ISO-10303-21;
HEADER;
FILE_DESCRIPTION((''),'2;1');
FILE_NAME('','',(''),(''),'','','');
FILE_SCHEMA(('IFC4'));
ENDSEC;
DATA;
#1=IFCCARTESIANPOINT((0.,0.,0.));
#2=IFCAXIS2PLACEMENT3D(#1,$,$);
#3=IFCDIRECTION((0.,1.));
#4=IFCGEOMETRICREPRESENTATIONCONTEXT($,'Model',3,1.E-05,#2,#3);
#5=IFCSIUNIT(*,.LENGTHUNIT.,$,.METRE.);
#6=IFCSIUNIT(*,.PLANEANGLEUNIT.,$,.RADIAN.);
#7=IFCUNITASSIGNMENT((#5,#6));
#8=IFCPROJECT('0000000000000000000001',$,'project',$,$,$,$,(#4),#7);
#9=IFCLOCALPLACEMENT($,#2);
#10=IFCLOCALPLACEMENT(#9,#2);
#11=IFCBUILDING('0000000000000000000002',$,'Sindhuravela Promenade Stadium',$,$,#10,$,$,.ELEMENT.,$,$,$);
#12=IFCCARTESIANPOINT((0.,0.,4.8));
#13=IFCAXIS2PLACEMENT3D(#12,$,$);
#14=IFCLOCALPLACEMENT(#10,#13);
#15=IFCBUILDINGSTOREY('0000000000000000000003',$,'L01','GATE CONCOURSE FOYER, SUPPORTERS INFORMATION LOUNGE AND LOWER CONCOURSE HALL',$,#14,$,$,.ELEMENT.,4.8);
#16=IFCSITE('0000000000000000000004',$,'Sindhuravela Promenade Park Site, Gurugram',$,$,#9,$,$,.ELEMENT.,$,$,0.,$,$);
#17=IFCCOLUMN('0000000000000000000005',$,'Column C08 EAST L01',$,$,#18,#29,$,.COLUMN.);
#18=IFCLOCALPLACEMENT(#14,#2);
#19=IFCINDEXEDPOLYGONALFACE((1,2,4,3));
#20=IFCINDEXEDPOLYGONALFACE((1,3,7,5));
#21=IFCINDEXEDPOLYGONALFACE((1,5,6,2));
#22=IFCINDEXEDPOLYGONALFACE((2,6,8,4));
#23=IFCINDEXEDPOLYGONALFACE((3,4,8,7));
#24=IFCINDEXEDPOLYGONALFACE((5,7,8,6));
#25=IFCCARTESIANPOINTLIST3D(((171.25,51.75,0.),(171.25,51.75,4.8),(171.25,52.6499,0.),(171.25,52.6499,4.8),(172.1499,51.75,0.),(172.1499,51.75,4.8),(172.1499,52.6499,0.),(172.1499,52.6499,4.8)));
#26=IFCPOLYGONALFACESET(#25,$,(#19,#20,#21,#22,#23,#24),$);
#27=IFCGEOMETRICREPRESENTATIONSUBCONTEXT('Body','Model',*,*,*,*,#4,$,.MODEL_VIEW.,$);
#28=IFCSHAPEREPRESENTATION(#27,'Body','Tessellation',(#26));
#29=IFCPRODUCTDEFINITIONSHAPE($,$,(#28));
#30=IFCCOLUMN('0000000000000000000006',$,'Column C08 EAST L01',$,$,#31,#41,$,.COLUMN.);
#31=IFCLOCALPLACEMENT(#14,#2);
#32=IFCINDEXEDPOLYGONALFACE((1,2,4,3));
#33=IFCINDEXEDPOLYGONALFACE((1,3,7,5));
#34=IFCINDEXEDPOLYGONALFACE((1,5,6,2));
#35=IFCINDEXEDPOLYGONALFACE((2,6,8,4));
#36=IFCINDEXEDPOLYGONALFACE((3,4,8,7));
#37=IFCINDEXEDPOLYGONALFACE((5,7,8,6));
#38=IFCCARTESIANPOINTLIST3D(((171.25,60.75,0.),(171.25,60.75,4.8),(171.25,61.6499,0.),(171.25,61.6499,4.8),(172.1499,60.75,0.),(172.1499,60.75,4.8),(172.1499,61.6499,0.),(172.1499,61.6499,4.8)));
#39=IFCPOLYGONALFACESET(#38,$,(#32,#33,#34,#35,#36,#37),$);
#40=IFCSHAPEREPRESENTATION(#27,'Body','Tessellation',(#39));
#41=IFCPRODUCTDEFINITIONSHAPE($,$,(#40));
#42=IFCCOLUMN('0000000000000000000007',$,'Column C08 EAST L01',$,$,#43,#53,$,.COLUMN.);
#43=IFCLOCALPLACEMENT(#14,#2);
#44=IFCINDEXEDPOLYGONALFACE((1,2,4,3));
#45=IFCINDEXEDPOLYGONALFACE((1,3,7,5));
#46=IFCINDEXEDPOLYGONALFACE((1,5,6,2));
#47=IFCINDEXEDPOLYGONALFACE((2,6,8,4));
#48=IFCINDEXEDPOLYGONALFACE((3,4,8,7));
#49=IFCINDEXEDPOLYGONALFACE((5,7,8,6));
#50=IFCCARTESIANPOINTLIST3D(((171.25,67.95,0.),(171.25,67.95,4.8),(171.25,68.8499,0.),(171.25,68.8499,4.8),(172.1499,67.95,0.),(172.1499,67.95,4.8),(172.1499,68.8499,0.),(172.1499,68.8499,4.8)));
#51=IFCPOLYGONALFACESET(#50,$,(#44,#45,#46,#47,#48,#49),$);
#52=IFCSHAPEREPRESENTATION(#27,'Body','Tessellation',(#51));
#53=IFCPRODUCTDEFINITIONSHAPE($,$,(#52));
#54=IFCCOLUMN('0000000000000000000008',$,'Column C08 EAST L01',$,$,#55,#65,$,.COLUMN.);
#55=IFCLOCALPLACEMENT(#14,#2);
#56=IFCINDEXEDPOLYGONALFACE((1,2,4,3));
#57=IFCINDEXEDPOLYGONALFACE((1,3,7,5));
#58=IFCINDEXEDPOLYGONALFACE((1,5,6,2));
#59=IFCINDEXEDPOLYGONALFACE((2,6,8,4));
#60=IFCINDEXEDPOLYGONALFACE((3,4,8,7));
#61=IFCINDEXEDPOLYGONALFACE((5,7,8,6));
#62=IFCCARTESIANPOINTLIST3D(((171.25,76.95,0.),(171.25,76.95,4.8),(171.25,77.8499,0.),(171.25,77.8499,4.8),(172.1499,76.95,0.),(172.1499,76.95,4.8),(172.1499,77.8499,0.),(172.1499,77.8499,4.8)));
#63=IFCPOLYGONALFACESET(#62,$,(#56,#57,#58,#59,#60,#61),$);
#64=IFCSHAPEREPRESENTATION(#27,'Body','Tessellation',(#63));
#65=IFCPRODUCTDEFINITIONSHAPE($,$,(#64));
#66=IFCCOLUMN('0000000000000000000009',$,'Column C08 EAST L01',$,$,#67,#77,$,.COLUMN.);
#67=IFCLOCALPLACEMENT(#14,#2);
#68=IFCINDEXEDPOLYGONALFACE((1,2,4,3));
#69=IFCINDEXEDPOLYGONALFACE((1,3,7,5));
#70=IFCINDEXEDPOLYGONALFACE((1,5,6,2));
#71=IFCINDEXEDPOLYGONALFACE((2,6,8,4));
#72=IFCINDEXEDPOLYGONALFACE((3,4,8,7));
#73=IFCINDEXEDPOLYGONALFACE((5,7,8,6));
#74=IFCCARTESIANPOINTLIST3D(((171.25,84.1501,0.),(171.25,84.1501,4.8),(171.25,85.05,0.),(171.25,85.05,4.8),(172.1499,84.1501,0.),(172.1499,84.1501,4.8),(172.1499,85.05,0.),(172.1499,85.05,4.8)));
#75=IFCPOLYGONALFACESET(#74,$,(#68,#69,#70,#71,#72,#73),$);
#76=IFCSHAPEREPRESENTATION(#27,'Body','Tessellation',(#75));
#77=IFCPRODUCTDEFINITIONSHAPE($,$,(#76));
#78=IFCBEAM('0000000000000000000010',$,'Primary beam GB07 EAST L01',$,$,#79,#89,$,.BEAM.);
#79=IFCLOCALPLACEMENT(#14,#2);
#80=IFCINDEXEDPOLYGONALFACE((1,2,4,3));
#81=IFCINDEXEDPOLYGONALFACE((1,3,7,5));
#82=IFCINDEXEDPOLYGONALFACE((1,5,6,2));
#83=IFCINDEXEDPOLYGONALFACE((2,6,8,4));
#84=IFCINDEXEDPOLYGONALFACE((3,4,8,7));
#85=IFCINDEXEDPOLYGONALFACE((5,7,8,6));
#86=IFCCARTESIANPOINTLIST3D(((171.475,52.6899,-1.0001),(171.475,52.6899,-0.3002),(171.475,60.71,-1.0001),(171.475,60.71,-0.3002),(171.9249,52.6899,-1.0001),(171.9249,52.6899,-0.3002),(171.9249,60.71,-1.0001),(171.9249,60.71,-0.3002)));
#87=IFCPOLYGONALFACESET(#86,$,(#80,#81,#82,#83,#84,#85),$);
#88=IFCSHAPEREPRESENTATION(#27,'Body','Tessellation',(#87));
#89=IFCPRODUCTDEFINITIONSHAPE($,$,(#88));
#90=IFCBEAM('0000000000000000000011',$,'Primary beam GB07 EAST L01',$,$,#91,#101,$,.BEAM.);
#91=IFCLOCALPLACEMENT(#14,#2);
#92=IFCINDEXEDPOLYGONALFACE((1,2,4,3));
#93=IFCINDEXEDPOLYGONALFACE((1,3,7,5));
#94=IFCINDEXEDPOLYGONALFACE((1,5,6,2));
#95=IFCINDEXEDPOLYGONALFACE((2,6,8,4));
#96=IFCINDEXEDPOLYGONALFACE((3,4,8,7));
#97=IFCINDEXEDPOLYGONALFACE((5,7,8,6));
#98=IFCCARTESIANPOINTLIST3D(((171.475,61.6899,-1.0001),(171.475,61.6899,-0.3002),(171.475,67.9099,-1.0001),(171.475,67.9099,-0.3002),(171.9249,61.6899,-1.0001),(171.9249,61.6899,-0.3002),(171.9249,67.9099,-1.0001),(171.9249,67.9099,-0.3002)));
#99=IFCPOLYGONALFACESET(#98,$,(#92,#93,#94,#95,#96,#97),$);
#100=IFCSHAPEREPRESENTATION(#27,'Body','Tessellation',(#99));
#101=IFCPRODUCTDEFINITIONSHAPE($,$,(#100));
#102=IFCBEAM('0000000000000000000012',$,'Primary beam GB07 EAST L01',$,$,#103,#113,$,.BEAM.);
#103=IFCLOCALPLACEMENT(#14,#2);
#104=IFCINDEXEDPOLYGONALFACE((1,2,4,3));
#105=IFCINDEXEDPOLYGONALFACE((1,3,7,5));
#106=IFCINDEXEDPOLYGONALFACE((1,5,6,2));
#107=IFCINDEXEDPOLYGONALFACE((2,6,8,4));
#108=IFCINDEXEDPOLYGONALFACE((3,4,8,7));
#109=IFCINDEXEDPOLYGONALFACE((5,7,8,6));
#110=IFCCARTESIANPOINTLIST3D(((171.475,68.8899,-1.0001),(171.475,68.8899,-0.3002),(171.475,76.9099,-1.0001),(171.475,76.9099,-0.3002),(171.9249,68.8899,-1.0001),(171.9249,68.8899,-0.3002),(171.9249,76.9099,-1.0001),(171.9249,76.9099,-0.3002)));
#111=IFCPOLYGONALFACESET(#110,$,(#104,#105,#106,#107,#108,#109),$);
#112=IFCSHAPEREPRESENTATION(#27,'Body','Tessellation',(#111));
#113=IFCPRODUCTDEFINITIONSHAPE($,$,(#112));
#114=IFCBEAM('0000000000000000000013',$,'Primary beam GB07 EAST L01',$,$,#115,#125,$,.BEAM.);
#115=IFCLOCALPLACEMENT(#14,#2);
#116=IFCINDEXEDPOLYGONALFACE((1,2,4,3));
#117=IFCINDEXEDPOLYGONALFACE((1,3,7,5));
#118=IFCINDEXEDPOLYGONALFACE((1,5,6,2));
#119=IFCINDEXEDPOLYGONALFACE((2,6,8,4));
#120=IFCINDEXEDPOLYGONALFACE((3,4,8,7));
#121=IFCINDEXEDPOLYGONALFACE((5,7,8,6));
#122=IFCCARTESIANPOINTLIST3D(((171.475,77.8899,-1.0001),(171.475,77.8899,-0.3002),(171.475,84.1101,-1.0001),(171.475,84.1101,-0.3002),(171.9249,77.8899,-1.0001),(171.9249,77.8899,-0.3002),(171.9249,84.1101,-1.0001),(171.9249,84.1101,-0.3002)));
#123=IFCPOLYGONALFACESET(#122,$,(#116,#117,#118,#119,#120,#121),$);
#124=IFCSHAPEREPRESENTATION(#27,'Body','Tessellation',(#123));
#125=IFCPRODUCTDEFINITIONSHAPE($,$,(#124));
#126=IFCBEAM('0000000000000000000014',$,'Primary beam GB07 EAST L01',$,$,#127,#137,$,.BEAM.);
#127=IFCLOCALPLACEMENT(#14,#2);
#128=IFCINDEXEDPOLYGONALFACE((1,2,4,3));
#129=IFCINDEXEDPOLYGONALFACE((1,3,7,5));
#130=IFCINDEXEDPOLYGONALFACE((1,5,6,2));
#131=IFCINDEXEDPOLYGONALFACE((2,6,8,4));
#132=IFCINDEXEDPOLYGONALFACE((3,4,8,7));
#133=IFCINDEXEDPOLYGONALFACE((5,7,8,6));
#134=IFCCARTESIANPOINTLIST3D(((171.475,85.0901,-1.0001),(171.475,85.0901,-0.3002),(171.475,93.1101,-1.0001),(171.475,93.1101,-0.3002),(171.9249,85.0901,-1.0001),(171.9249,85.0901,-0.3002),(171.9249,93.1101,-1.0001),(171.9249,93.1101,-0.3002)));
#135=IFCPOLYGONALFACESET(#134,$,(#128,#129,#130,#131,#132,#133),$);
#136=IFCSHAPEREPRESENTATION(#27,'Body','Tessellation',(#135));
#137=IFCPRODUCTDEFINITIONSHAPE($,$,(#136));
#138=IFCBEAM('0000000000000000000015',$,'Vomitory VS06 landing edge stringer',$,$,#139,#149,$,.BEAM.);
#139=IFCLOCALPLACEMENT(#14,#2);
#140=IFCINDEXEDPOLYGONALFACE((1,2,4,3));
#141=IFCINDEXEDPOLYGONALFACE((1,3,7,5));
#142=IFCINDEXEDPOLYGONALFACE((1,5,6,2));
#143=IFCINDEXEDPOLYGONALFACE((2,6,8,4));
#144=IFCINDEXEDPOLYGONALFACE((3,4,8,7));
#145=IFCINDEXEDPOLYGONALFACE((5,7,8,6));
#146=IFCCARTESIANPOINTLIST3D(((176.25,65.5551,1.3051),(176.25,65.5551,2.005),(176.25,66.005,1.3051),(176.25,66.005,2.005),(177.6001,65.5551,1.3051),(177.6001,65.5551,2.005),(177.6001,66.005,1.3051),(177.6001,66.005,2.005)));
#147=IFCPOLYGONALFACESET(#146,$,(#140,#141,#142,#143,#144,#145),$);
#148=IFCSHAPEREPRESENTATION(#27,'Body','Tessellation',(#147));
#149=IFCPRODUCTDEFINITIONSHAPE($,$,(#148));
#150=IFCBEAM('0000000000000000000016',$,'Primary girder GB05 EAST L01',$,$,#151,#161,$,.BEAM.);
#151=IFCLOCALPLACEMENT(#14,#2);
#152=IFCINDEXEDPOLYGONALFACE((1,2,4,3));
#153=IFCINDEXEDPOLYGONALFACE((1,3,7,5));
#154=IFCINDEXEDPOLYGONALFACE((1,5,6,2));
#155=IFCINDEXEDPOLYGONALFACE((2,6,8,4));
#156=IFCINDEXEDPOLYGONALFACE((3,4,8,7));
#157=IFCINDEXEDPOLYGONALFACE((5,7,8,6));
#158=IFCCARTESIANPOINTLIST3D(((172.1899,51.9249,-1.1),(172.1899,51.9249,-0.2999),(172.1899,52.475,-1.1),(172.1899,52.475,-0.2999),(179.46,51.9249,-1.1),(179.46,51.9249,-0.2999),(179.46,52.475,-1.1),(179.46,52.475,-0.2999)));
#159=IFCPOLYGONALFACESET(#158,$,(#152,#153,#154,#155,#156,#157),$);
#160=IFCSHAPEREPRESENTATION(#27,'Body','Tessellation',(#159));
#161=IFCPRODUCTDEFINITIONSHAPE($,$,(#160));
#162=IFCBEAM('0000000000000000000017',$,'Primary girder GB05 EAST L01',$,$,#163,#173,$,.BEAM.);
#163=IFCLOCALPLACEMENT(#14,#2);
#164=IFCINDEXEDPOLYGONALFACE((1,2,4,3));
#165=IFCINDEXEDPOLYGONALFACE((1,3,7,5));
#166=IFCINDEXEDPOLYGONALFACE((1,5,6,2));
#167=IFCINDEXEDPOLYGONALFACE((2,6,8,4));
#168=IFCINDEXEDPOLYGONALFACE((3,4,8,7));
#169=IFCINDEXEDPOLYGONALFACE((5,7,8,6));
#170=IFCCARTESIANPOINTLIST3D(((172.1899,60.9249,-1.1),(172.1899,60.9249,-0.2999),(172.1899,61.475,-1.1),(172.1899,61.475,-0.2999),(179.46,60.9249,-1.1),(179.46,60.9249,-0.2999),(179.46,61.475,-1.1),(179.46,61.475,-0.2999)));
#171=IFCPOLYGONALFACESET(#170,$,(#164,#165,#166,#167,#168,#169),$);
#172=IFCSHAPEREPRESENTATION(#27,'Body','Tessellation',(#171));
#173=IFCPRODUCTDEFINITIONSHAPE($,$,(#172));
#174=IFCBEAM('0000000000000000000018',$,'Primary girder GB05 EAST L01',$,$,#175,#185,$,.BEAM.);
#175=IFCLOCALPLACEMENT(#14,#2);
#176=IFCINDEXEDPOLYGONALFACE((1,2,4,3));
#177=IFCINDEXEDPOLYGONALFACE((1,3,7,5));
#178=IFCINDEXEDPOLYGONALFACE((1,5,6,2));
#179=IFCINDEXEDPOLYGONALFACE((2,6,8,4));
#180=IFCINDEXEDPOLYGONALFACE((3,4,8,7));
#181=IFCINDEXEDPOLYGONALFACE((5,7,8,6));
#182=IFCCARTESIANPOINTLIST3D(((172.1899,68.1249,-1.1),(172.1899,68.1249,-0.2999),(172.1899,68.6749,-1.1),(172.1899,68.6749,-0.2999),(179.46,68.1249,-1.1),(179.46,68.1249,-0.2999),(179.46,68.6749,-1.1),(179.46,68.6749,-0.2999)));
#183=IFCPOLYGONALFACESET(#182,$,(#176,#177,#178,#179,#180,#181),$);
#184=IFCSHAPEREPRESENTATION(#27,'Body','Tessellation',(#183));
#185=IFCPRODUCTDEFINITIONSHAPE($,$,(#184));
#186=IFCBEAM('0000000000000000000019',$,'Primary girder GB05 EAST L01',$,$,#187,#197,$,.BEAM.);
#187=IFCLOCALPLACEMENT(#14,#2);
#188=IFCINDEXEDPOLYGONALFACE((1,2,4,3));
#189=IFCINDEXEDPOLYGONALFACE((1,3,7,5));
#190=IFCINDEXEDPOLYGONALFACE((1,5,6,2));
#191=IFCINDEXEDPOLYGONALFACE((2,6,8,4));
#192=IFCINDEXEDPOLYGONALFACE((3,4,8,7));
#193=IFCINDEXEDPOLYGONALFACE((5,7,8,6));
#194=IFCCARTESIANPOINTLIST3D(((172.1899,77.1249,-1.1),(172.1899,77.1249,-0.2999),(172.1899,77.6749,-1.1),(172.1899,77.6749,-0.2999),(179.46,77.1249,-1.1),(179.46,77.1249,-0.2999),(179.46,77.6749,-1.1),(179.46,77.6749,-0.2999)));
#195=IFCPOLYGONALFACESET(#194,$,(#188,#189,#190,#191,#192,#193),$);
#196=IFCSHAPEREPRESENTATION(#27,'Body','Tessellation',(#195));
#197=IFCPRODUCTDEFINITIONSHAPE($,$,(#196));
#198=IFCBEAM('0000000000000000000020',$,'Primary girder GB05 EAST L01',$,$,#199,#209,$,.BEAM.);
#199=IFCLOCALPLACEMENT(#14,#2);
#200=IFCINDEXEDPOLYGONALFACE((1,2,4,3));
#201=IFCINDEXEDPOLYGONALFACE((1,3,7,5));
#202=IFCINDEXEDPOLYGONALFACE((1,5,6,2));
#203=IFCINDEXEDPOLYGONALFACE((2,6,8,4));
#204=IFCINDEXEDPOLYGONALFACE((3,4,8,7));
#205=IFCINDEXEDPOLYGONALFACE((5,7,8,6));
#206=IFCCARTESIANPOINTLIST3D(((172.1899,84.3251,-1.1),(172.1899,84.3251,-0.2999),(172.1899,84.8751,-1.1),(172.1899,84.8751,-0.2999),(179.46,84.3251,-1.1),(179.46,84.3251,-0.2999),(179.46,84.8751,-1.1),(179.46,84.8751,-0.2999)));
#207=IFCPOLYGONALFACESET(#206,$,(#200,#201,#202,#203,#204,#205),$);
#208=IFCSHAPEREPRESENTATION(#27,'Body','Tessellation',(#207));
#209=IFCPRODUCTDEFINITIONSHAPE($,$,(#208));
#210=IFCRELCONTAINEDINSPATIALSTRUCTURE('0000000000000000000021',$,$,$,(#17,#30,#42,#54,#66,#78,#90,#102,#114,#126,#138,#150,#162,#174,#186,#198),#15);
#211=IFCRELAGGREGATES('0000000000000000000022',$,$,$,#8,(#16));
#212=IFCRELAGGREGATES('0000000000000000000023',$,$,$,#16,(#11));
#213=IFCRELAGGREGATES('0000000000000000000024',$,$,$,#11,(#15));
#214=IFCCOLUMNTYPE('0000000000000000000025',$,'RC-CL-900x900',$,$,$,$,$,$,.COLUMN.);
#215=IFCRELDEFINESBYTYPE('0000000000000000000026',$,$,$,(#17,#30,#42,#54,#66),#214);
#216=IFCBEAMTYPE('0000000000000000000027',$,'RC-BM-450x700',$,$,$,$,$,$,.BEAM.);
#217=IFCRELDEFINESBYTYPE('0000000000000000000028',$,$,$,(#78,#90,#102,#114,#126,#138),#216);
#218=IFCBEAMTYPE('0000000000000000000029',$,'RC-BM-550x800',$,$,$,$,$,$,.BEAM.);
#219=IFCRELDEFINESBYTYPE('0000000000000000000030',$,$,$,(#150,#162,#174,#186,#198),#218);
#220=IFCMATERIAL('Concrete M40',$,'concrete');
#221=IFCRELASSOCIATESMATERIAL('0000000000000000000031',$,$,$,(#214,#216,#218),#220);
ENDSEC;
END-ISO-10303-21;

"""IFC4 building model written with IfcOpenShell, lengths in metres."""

from ifc_helpers import new_model, si_unit, direction, frame, origin, origin_2d, place, context, subcontext, project, spatial, rectangle, extrude, material, material_profile, profile_set, type_object, element, save


model = new_model("IFC4")

# Units and contexts
model_context = context("Model", 3, precision=1e-05, world=origin(), true_north=direction((0.0, 1.0)))
body_context = subcontext(model_context, "Body", "Model", "MODEL_VIEW")
ifc_project = project(units=[si_unit("LENGTHUNIT", "METRE"), si_unit("PLANEANGLEUNIT", "RADIAN")], contexts=[model_context])

# Site, building, storey
site_placement = place(None, origin())
site = spatial("IfcSite", under=ifc_project, at=site_placement, Name="Sindhuravela Promenade Park Site, Gurugram", CompositionType="ELEMENT", RefElevation=0.0)
building_placement = place(site_placement, origin())
building = spatial("IfcBuilding", under=site, at=building_placement, Name="Sindhuravela Promenade Stadium", CompositionType="ELEMENT")
storey_placement = place(building_placement, frame((0.0, 0.0, 4.8)))
storey = spatial("IfcBuildingStorey", under=building, at=storey_placement, Name="L01", Description="GATE CONCOURSE FOYER, SUPPORTERS INFORMATION LOUNGE AND LOWER CONCOURSE HALL", CompositionType="ELEMENT", Elevation=4.8)

# Columns
ifc_material_1 = material(Name="Concrete M40", Category="concrete")
ifc_material_profile_1 = material_profile(ifc_material_1, rectangle(XDim=0.8999, YDim=0.8999, at=origin_2d()), Name="RC 900x900")
ifc_profile_set_1 = profile_set([ifc_material_profile_1], Name="Concrete M40")
column_type = type_object("IfcColumnType", Name="RC-CL-900x900", PredefinedType="COLUMN", material=ifc_profile_set_1)
for number, where, z_axis, x_axis, name in (
    (1, (171.7, 52.2, 0.0), (0.0, 0.0, 1.0), (1.0, 0.0, 0.0), "Column C08 EAST L01"),
    (2, (171.7, 61.2, 0.0), (0.0, 0.0, 1.0), (1.0, 0.0, 0.0), "Column C08 EAST L01"),
    (3, (171.7, 68.3999, 0.0), (0.0, 0.0, 1.0), (1.0, 0.0, 0.0), "Column C08 EAST L01"),
    (4, (171.7, 77.3999, 0.0), (0.0, 0.0, 1.0), (1.0, 0.0, 0.0), "Column C08 EAST L01"),
    (5, (171.7, 84.6001, 0.0), (0.0, 0.0, 1.0), (1.0, 0.0, 0.0), "Column C08 EAST L01"),
):
    element("IfcColumn", number, at=place(storey_placement, frame(where, z_axis=z_axis, x_axis=x_axis)), inside=storey, type_object=column_type, Name=name, PredefinedType="COLUMN", context=body_context, shape_type="SweptSolid", body=[
        extrude(rectangle(XDim=0.8999, YDim=0.8999, at=origin_2d()), origin(), (0.0, 0.0, 1.0), 4.8),
    ])

# Beams
ifc_material_profile_2 = material_profile(ifc_material_1, rectangle(XDim=0.45, YDim=0.7, at=origin_2d()), Name="RC 450x700")
ifc_profile_set_2 = profile_set([ifc_material_profile_2], Name="Concrete M40")
beam_type_1 = type_object("IfcBeamType", Name="RC-BM-450x700", PredefinedType="BEAM", material=ifc_profile_set_2)
beam_1_placement = place(storey_placement, frame((171.7, 52.6899, -0.6501), z_axis=(0.0, 1.0, 0.0), x_axis=(-1.0, 0.0, 0.0)))
element("IfcBeam", 6, at=beam_1_placement, inside=storey, type_object=beam_type_1, Name="Primary beam GB07 EAST L01", PredefinedType="BEAM", context=body_context, shape_type="SweptSolid", body=[
    extrude(rectangle(XDim=0.45, YDim=0.7, at=origin_2d()), origin(), (0.0, 0.0, 1.0), 8.02),
])
beam_2_placement = place(storey_placement, frame((171.7, 61.6899, -0.6501), z_axis=(0.0, 1.0, 0.0), x_axis=(-1.0, 0.0, 0.0)))
element("IfcBeam", 7, at=beam_2_placement, inside=storey, type_object=beam_type_1, Name="Primary beam GB07 EAST L01", PredefinedType="BEAM", context=body_context, shape_type="SweptSolid", body=[
    extrude(rectangle(XDim=0.45, YDim=0.7, at=origin_2d()), origin(), (0.0, 0.0, 1.0), 6.22),
])
beam_3_placement = place(storey_placement, frame((171.7, 68.8899, -0.6501), z_axis=(0.0, 1.0, 0.0), x_axis=(-1.0, 0.0, 0.0)))
element("IfcBeam", 8, at=beam_3_placement, inside=storey, type_object=beam_type_1, Name="Primary beam GB07 EAST L01", PredefinedType="BEAM", context=body_context, shape_type="SweptSolid", body=[
    extrude(rectangle(XDim=0.45, YDim=0.7, at=origin_2d()), origin(), (0.0, 0.0, 1.0), 8.02),
])
beam_4_placement = place(storey_placement, frame((171.7, 77.8899, -0.6501), z_axis=(0.0, 1.0, 0.0), x_axis=(-1.0, 0.0, 0.0)))
element("IfcBeam", 9, at=beam_4_placement, inside=storey, type_object=beam_type_1, Name="Primary beam GB07 EAST L01", PredefinedType="BEAM", context=body_context, shape_type="SweptSolid", body=[
    extrude(rectangle(XDim=0.45, YDim=0.7, at=origin_2d()), origin(), (0.0, 0.0, 1.0), 6.2202),
])
beam_5_placement = place(storey_placement, frame((171.7, 85.0901, -0.6501), z_axis=(0.0, 1.0, 0.0), x_axis=(-1.0, 0.0, 0.0)))
element("IfcBeam", 10, at=beam_5_placement, inside=storey, type_object=beam_type_1, Name="Primary beam GB07 EAST L01", PredefinedType="BEAM", context=body_context, shape_type="SweptSolid", body=[
    extrude(rectangle(XDim=0.45, YDim=0.7, at=origin_2d()), origin(), (0.0, 0.0, 1.0), 8.02),
])
beam_6_placement = place(storey_placement, frame((176.25, 65.78, 1.655), z_axis=(1.0, 0.0, 0.0), x_axis=(0.0, 1.0, 0.0)))
element("IfcBeam", 11, at=beam_6_placement, inside=storey, type_object=beam_type_1, Name="Vomitory VS06 landing edge stringer", PredefinedType="BEAM", context=body_context, shape_type="SweptSolid", body=[
    extrude(rectangle(XDim=0.45, YDim=0.7, at=origin_2d()), origin(), (0.0, 0.0, 1.0), 1.3501),
])
ifc_material_profile_3 = material_profile(ifc_material_1, rectangle(XDim=0.55, YDim=0.8, at=origin_2d()), Name="RC 550x800")
ifc_profile_set_3 = profile_set([ifc_material_profile_3], Name="Concrete M40")
beam_type_2 = type_object("IfcBeamType", Name="RC-BM-550x800", PredefinedType="BEAM", material=ifc_profile_set_3)
for number, where, z_axis, x_axis, name in (
    (12, (172.1899, 52.2, -0.7), (1.0, 0.0, 0.0), (0.0, 1.0, 0.0), "Primary girder GB05 EAST L01"),
    (13, (172.1899, 61.2, -0.7), (1.0, 0.0, 0.0), (0.0, 1.0, 0.0), "Primary girder GB05 EAST L01"),
    (14, (172.1899, 68.3999, -0.7), (1.0, 0.0, 0.0), (0.0, 1.0, 0.0), "Primary girder GB05 EAST L01"),
    (15, (172.1899, 77.3999, -0.7), (1.0, 0.0, 0.0), (0.0, 1.0, 0.0), "Primary girder GB05 EAST L01"),
    (16, (172.1899, 84.6001, -0.7), (1.0, 0.0, 0.0), (0.0, 1.0, 0.0), "Primary girder GB05 EAST L01"),
):
    element("IfcBeam", number, at=place(storey_placement, frame(where, z_axis=z_axis, x_axis=x_axis)), inside=storey, type_object=beam_type_2, Name=name, PredefinedType="BEAM", context=body_context, shape_type="SweptSolid", body=[
        extrude(rectangle(XDim=0.55, YDim=0.8, at=origin_2d()), origin(), (0.0, 0.0, 1.0), 7.27),
    ])

save(model, "model.ifc")
